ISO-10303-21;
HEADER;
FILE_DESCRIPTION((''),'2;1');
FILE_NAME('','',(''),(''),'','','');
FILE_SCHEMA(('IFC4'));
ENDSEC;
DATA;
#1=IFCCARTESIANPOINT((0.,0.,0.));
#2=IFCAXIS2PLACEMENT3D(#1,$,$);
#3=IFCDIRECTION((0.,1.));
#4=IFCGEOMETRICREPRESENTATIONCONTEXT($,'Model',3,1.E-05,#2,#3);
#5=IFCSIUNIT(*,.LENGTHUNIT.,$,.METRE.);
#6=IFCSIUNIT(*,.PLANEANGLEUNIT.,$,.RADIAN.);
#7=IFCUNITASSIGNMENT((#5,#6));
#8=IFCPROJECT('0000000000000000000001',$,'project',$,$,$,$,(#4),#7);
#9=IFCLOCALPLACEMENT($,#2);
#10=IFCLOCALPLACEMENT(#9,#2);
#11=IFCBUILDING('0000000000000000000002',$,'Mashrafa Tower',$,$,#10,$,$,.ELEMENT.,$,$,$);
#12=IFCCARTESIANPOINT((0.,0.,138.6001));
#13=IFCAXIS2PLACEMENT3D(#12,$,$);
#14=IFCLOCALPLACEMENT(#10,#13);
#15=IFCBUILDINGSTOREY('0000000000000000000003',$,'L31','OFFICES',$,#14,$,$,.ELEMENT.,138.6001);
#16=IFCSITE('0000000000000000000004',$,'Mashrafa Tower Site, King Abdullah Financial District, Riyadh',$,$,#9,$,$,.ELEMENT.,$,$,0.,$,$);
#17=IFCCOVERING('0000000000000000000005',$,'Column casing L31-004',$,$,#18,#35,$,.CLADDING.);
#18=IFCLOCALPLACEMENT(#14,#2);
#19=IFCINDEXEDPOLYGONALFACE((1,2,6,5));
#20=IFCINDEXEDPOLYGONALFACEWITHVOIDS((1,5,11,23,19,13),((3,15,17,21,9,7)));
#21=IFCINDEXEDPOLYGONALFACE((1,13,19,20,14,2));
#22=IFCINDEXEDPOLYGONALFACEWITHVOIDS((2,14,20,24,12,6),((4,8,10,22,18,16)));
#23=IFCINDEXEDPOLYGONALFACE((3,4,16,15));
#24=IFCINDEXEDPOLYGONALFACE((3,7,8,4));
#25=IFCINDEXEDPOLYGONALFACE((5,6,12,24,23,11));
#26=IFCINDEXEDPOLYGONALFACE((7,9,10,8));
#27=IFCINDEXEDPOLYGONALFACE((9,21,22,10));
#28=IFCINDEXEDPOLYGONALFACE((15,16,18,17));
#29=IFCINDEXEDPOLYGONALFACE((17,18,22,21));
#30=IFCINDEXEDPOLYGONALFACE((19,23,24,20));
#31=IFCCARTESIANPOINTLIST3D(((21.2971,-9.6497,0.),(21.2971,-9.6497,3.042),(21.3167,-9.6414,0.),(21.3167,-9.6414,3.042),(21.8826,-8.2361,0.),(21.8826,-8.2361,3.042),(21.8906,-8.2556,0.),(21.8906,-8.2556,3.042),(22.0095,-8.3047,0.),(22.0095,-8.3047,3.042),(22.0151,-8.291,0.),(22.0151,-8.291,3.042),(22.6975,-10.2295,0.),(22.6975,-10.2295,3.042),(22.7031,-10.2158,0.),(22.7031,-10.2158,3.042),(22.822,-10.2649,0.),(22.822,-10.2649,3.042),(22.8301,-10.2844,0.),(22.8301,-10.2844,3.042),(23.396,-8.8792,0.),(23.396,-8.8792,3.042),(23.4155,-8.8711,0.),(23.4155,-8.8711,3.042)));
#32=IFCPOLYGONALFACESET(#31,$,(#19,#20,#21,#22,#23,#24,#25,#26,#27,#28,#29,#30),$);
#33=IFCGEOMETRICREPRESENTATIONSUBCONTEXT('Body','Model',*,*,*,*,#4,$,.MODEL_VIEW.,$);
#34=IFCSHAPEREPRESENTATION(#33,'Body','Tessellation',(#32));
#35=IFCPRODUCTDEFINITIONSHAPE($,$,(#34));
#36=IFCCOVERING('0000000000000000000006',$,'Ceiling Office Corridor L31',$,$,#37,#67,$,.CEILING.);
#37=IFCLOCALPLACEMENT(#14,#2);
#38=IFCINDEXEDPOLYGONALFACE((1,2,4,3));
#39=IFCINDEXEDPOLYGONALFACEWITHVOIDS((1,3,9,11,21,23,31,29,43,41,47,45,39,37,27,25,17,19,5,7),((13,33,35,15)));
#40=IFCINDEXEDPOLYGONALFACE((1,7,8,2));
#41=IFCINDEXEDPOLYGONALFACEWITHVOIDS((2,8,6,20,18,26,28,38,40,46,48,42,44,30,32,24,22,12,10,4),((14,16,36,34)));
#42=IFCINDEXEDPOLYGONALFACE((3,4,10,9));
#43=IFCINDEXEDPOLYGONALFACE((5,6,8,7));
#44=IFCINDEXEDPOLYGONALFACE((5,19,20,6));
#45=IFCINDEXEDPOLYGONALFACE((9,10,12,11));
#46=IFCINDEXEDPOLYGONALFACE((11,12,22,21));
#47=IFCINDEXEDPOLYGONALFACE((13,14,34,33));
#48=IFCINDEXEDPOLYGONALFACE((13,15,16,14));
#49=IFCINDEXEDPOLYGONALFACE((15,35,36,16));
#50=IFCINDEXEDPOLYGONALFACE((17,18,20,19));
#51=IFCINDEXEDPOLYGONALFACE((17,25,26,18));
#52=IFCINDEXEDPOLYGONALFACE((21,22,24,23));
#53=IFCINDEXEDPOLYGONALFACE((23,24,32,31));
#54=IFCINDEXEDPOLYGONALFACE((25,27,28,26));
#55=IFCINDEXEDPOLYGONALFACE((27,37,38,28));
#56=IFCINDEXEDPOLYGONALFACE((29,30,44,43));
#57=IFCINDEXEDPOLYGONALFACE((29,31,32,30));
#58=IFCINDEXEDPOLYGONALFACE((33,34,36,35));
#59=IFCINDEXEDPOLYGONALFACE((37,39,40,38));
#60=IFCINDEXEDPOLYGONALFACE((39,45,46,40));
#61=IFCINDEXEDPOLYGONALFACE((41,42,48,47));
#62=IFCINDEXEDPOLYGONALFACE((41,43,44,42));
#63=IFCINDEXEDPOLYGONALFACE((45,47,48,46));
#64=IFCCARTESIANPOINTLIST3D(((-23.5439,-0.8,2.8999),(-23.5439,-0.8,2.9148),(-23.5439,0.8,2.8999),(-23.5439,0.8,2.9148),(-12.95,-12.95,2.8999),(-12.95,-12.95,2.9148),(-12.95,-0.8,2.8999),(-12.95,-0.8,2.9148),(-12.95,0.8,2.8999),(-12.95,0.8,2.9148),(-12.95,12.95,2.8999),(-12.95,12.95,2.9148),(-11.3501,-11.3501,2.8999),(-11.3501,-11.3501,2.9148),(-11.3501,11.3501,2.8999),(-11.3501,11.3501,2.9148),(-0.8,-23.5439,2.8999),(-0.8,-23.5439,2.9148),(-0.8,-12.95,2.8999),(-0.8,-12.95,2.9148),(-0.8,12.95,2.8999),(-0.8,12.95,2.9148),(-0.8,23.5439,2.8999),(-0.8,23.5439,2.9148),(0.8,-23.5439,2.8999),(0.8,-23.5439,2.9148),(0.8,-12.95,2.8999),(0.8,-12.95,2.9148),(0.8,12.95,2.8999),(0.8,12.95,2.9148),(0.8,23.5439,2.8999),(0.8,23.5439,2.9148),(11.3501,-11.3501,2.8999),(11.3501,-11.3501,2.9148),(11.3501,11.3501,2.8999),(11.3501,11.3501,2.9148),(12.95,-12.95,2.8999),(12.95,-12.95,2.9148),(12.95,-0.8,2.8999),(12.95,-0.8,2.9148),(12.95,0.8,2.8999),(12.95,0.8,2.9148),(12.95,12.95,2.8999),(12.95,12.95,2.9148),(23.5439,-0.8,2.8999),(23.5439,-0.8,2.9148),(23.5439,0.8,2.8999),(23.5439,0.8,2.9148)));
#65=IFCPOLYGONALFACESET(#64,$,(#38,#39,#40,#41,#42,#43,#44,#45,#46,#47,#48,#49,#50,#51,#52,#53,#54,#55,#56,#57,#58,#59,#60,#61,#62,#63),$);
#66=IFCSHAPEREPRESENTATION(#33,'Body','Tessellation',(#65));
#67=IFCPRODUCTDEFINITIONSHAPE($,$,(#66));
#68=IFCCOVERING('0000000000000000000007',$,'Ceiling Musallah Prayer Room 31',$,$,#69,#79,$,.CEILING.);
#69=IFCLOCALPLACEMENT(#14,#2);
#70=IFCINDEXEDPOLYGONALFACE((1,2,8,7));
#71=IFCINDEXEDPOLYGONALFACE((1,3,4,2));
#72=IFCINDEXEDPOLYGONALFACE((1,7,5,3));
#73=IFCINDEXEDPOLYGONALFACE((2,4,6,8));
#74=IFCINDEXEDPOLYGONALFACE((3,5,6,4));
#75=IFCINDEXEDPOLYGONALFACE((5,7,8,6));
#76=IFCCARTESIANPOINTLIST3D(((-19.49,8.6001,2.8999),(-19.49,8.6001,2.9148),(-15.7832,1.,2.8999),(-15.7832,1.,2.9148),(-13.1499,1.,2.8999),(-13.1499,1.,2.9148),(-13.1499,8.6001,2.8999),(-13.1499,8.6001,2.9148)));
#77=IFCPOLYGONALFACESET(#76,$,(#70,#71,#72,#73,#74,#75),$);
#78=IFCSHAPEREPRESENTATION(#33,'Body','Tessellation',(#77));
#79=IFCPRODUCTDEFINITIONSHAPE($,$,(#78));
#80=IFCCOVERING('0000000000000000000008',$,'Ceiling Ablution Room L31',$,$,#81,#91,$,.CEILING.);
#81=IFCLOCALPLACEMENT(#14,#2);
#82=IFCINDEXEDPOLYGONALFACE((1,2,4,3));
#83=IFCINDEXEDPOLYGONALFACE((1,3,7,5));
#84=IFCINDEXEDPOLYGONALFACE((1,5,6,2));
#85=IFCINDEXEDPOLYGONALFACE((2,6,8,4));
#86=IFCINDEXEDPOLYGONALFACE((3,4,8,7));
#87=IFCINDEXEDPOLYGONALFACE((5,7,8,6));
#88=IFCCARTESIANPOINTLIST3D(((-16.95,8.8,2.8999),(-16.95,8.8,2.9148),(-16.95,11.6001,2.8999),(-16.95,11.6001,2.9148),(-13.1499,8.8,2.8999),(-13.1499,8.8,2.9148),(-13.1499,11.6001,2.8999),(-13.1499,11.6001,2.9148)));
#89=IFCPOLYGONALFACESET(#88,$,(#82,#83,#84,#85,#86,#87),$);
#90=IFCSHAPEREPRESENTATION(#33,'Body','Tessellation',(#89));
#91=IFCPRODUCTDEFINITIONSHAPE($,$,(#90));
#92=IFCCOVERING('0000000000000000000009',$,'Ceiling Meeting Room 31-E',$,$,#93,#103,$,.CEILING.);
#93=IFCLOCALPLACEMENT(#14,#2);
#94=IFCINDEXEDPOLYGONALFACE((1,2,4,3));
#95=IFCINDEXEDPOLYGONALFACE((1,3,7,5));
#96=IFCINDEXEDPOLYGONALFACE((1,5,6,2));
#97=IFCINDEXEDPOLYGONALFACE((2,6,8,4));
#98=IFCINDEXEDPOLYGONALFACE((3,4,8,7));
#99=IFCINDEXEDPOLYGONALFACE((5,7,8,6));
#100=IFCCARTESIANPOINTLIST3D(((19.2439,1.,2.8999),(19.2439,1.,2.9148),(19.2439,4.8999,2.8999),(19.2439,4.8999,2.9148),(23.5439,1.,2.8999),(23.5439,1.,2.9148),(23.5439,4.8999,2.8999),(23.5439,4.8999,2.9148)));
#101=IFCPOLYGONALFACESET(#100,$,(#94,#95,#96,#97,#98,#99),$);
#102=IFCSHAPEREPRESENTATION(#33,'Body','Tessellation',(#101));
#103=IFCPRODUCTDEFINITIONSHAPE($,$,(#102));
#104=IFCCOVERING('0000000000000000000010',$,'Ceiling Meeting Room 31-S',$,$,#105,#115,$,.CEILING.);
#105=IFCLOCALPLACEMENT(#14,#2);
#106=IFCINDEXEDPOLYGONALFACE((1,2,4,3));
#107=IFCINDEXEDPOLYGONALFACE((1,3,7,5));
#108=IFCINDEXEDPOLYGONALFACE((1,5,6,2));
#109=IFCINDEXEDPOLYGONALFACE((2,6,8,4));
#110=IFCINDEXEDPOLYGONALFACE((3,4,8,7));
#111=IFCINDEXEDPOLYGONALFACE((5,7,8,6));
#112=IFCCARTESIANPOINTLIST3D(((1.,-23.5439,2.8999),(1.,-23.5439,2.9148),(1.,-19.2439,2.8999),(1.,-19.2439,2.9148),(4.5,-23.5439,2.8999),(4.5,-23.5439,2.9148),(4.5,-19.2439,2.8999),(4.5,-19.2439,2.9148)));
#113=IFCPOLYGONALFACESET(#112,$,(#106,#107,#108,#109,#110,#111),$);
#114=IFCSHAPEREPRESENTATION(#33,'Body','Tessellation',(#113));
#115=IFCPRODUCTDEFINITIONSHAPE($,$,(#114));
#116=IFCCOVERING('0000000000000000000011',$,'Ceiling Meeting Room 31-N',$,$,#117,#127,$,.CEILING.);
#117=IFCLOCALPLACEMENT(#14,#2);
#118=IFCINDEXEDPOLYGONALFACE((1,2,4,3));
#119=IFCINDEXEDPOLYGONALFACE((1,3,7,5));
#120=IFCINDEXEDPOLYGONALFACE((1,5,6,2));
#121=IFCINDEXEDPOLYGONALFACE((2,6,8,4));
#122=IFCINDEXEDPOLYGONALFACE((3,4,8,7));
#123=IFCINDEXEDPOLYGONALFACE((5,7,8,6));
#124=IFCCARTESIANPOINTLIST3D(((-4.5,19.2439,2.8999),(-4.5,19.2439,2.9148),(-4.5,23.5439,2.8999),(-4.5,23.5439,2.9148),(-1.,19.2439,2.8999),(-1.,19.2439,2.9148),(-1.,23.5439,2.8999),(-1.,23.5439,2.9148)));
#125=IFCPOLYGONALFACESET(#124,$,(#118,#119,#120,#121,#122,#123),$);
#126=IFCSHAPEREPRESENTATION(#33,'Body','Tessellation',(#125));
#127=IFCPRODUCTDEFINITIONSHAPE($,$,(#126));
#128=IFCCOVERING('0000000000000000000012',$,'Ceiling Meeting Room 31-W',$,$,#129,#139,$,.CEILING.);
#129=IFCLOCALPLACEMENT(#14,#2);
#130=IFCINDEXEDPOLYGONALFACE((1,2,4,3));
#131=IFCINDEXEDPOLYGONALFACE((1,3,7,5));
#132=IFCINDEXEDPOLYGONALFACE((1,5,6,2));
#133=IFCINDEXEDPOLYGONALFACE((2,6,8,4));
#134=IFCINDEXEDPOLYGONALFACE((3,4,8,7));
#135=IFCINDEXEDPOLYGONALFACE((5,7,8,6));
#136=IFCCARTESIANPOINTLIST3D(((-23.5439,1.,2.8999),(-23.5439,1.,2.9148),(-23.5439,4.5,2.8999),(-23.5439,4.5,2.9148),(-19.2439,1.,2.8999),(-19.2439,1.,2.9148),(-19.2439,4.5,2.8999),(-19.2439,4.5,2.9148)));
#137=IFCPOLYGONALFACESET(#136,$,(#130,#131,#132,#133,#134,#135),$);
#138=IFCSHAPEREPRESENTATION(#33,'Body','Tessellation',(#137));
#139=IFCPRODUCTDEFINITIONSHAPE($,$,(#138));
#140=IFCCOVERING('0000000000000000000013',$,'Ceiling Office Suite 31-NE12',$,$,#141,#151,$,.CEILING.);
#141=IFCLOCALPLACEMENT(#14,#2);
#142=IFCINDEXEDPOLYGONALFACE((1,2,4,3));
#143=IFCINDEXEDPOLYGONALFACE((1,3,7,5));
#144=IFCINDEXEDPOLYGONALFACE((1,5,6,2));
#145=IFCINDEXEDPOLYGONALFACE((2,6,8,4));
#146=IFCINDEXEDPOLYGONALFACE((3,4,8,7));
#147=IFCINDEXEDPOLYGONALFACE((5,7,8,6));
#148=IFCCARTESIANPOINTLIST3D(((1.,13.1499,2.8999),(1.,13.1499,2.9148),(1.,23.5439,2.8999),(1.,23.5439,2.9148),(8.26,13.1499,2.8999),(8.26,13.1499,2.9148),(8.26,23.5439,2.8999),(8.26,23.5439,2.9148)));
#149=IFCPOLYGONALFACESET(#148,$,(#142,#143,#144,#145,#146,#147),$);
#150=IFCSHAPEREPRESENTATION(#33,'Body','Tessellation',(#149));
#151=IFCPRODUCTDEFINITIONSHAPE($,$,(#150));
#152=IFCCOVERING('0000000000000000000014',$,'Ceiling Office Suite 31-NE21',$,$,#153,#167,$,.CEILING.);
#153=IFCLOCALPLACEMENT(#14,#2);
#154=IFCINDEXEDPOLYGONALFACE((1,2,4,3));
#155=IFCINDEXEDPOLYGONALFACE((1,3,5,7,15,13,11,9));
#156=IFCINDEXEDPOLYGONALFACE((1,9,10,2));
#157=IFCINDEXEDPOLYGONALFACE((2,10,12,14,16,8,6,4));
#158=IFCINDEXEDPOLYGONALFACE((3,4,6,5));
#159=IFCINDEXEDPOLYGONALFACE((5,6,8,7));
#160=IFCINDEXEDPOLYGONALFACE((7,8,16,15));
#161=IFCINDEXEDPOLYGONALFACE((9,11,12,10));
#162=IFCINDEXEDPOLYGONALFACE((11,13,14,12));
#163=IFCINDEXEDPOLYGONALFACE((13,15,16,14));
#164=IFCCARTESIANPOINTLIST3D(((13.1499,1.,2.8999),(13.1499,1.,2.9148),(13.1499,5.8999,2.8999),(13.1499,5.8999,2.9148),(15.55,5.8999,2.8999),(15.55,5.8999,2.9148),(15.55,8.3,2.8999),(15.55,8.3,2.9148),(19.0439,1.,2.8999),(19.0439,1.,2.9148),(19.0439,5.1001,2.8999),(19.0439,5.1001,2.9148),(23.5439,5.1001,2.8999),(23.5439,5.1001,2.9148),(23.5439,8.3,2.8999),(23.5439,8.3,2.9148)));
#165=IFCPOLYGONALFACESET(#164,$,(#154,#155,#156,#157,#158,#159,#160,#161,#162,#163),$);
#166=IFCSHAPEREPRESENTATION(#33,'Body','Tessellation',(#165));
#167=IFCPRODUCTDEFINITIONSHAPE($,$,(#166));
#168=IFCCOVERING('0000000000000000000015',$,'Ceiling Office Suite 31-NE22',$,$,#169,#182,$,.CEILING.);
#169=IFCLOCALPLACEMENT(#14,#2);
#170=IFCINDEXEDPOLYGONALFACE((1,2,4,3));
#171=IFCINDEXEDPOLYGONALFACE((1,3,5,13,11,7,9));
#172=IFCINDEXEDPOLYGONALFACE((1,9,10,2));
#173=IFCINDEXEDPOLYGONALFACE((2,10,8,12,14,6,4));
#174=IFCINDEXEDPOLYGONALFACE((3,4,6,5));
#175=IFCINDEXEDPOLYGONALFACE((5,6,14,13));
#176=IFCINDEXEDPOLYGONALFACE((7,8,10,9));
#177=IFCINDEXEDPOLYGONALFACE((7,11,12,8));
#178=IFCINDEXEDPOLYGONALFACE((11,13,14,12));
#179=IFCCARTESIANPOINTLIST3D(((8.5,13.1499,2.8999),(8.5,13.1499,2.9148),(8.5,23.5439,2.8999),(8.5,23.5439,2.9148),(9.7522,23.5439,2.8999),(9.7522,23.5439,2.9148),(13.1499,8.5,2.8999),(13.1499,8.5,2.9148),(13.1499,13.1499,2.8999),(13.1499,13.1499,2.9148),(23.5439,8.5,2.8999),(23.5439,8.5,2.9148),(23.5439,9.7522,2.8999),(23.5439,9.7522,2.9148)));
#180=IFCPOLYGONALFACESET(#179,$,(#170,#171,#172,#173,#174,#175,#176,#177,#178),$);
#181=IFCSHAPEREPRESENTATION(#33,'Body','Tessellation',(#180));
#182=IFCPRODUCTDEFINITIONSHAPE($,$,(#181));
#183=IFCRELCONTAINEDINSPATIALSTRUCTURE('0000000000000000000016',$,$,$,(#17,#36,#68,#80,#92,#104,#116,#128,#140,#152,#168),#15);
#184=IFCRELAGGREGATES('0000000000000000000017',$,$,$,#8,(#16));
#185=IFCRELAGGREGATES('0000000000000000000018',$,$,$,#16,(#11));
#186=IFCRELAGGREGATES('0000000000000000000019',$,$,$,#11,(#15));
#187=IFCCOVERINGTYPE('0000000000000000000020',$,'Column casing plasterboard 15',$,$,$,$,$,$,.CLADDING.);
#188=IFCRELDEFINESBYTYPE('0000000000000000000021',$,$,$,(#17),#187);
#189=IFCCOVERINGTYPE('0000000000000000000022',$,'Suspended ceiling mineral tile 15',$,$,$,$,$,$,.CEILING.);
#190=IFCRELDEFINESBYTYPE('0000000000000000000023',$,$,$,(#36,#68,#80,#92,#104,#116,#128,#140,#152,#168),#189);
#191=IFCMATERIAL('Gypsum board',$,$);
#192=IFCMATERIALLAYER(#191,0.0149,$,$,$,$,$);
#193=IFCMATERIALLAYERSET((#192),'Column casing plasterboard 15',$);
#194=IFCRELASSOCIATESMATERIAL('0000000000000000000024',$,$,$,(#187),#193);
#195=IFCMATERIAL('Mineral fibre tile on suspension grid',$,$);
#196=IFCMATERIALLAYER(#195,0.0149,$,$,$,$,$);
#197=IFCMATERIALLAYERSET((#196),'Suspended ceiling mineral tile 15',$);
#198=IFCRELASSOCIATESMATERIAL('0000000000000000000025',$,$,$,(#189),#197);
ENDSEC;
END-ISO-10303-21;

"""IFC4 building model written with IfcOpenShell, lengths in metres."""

from ifc_helpers import new_model, si_unit, direction, frame, origin, place, context, subcontext, project, spatial, polyline, outline, extrude, material, layer, layer_set, type_object, element, save


model = new_model("IFC4")

# Units and contexts
model_context = context("Model", 3, precision=1e-05, world=origin(), true_north=direction((0.0, 1.0)))
body_context = subcontext(model_context, "Body", "Model", "MODEL_VIEW")
ifc_project = project(units=[si_unit("LENGTHUNIT", "METRE"), si_unit("PLANEANGLEUNIT", "RADIAN")], contexts=[model_context])

# Site, building, storey
site_placement = place(None, origin())
site = spatial("IfcSite", under=ifc_project, at=site_placement, Name="Mashrafa Tower Site, King Abdullah Financial District, Riyadh", CompositionType="ELEMENT", RefElevation=0.0)
building_placement = place(site_placement, origin())
building = spatial("IfcBuilding", under=site, at=building_placement, Name="Mashrafa Tower", CompositionType="ELEMENT")
storey_placement = place(building_placement, frame((0.0, 0.0, 138.6001)))
storey = spatial("IfcBuildingStorey", under=building, at=storey_placement, Name="L31", Description="OFFICES", CompositionType="ELEMENT", Elevation=138.6001)

# Coverings
ifc_material_1 = material(Name="Gypsum board")
ifc_layer_1 = layer(ifc_material_1, 0.0149)
ifc_layer_set_1 = layer_set([ifc_layer_1], Name="Column casing plasterboard 15")
covering_type_1 = type_object("IfcCoveringType", Name="Column casing plasterboard 15", PredefinedType="CLADDING", material=ifc_layer_set_1)
covering_1_placement = place(storey_placement, origin())
element("IfcCovering", 1, at=covering_1_placement, inside=storey, type_object=covering_type_1, Name="Column casing L31-004", PredefinedType="CLADDING", context=body_context, shape_type="SweptSolid", body=[
    extrude(outline(polyline([(22.6975, -10.2295), (21.2971, -9.6497), (21.8826, -8.2361), (22.0151, -8.291), (23.4155, -8.8711), (22.8301, -10.2844), (22.6975, -10.2295)]), holes=[polyline([(23.396, -8.8792), (22.0095, -8.3047), (21.8906, -8.2556), (21.3167, -9.6414), (22.7031, -10.2158), (22.822, -10.2649), (23.396, -8.8792)])]), origin(), (0.0, 0.0, 1.0), 3.042),
])
ifc_material_2 = material(Name="Mineral fibre tile on suspension grid")
ifc_layer_2 = layer(ifc_material_2, 0.0149)
ifc_layer_set_2 = layer_set([ifc_layer_2], Name="Suspended ceiling mineral tile 15")
covering_type_2 = type_object("IfcCoveringType", Name="Suspended ceiling mineral tile 15", PredefinedType="CEILING", material=ifc_layer_set_2)
covering_2_placement = place(storey_placement, frame((0.0, 0.0, 2.8999)))
element("IfcCovering", 2, at=covering_2_placement, inside=storey, type_object=covering_type_2, Name="Ceiling Office Corridor L31", PredefinedType="CEILING", context=body_context, shape_type="SweptSolid", body=[
    extrude(outline(polyline([(-12.95, -12.95), (-12.95, -0.8), (-23.5439, -0.8), (-23.5439, 0.8), (-12.95, 0.8), (-12.95, 12.95), (-0.8, 12.95), (-0.8, 23.5439), (0.8, 23.5439), (0.8, 12.95), (12.95, 12.95), (12.95, 0.8), (23.5439, 0.8), (23.5439, -0.8), (12.95, -0.8), (12.95, -12.95), (0.8, -12.95), (0.8, -23.5439), (-0.8, -23.5439), (-0.8, -12.95), (-12.95, -12.95)]), holes=[polyline([(11.3501, 11.3501), (-11.3501, 11.3501), (-11.3501, -11.3501), (11.3501, -11.3501), (11.3501, 11.3501)])]), origin(), (0.0, 0.0, 1.0), 0.0149),
])
covering_3_placement = place(storey_placement, frame((0.0, 0.0, 2.8999)))
element("IfcCovering", 3, at=covering_3_placement, inside=storey, type_object=covering_type_2, Name="Ceiling Musallah Prayer Room 31", PredefinedType="CEILING", context=body_context, shape_type="SweptSolid", body=[
    extrude(outline(polyline([(-15.7832, 1.0), (-19.49, 8.6001), (-13.1499, 8.6001), (-13.1499, 1.0), (-15.7832, 1.0)])), origin(), (0.0, 0.0, 1.0), 0.0149),
])
covering_4_placement = place(storey_placement, frame((0.0, 0.0, 2.8999)))
element("IfcCovering", 4, at=covering_4_placement, inside=storey, type_object=covering_type_2, Name="Ceiling Ablution Room L31", PredefinedType="CEILING", context=body_context, shape_type="SweptSolid", body=[
    extrude(outline(polyline([(-16.95, 8.8), (-16.95, 11.6001), (-13.1499, 11.6001), (-13.1499, 8.8), (-16.95, 8.8)])), origin(), (0.0, 0.0, 1.0), 0.0149),
])
covering_5_placement = place(storey_placement, frame((0.0, 0.0, 2.8999)))
element("IfcCovering", 5, at=covering_5_placement, inside=storey, type_object=covering_type_2, Name="Ceiling Meeting Room 31-E", PredefinedType="CEILING", context=body_context, shape_type="SweptSolid", body=[
    extrude(outline(polyline([(19.2439, 4.8999), (23.5439, 4.8999), (23.5439, 1.0), (19.2439, 1.0), (19.2439, 4.8999)])), origin(), (0.0, 0.0, 1.0), 0.0149),
])
covering_6_placement = place(storey_placement, frame((0.0, 0.0, 2.8999)))
element("IfcCovering", 6, at=covering_6_placement, inside=storey, type_object=covering_type_2, Name="Ceiling Meeting Room 31-S", PredefinedType="CEILING", context=body_context, shape_type="SweptSolid", body=[
    extrude(outline(polyline([(1.0, -19.2439), (4.5, -19.2439), (4.5, -23.5439), (1.0, -23.5439), (1.0, -19.2439)])), origin(), (0.0, 0.0, 1.0), 0.0149),
])
covering_7_placement = place(storey_placement, frame((0.0, 0.0, 2.8999)))
element("IfcCovering", 7, at=covering_7_placement, inside=storey, type_object=covering_type_2, Name="Ceiling Meeting Room 31-N", PredefinedType="CEILING", context=body_context, shape_type="SweptSolid", body=[
    extrude(outline(polyline([(-4.5, 23.5439), (-1.0, 23.5439), (-1.0, 19.2439), (-4.5, 19.2439), (-4.5, 23.5439)])), origin(), (0.0, 0.0, 1.0), 0.0149),
])
covering_8_placement = place(storey_placement, frame((0.0, 0.0, 2.8999)))
element("IfcCovering", 8, at=covering_8_placement, inside=storey, type_object=covering_type_2, Name="Ceiling Meeting Room 31-W", PredefinedType="CEILING", context=body_context, shape_type="SweptSolid", body=[
    extrude(outline(polyline([(-19.2439, 4.5), (-19.2439, 1.0), (-23.5439, 1.0), (-23.5439, 4.5), (-19.2439, 4.5)])), origin(), (0.0, 0.0, 1.0), 0.0149),
])
covering_9_placement = place(storey_placement, frame((0.0, 0.0, 2.8999)))
element("IfcCovering", 9, at=covering_9_placement, inside=storey, type_object=covering_type_2, Name="Ceiling Office Suite 31-NE12", PredefinedType="CEILING", context=body_context, shape_type="SweptSolid", body=[
    extrude(outline(polyline([(1.0, 23.5439), (8.26, 23.5439), (8.26, 13.1499), (1.0, 13.1499), (1.0, 23.5439)])), origin(), (0.0, 0.0, 1.0), 0.0149),
])
covering_10_placement = place(storey_placement, frame((0.0, 0.0, 2.8999)))
element("IfcCovering", 10, at=covering_10_placement, inside=storey, type_object=covering_type_2, Name="Ceiling Office Suite 31-NE21", PredefinedType="CEILING", context=body_context, shape_type="SweptSolid", body=[
    extrude(outline(polyline([(15.55, 8.3), (23.5439, 8.3), (23.5439, 5.1001), (19.0439, 5.1001), (19.0439, 1.0), (13.1499, 1.0), (13.1499, 5.8999), (15.55, 5.8999), (15.55, 8.3)])), origin(), (0.0, 0.0, 1.0), 0.0149),
])
covering_11_placement = place(storey_placement, frame((0.0, 0.0, 2.8999)))
element("IfcCovering", 11, at=covering_11_placement, inside=storey, type_object=covering_type_2, Name="Ceiling Office Suite 31-NE22", PredefinedType="CEILING", context=body_context, shape_type="SweptSolid", body=[
    extrude(outline(polyline([(8.5, 13.1499), (8.5, 23.5439), (9.7522, 23.5439), (23.5439, 9.7522), (23.5439, 8.5), (13.1499, 8.5), (13.1499, 13.1499), (8.5, 13.1499)])), origin(), (0.0, 0.0, 1.0), 0.0149),
])

save(model, "model.ifc")
